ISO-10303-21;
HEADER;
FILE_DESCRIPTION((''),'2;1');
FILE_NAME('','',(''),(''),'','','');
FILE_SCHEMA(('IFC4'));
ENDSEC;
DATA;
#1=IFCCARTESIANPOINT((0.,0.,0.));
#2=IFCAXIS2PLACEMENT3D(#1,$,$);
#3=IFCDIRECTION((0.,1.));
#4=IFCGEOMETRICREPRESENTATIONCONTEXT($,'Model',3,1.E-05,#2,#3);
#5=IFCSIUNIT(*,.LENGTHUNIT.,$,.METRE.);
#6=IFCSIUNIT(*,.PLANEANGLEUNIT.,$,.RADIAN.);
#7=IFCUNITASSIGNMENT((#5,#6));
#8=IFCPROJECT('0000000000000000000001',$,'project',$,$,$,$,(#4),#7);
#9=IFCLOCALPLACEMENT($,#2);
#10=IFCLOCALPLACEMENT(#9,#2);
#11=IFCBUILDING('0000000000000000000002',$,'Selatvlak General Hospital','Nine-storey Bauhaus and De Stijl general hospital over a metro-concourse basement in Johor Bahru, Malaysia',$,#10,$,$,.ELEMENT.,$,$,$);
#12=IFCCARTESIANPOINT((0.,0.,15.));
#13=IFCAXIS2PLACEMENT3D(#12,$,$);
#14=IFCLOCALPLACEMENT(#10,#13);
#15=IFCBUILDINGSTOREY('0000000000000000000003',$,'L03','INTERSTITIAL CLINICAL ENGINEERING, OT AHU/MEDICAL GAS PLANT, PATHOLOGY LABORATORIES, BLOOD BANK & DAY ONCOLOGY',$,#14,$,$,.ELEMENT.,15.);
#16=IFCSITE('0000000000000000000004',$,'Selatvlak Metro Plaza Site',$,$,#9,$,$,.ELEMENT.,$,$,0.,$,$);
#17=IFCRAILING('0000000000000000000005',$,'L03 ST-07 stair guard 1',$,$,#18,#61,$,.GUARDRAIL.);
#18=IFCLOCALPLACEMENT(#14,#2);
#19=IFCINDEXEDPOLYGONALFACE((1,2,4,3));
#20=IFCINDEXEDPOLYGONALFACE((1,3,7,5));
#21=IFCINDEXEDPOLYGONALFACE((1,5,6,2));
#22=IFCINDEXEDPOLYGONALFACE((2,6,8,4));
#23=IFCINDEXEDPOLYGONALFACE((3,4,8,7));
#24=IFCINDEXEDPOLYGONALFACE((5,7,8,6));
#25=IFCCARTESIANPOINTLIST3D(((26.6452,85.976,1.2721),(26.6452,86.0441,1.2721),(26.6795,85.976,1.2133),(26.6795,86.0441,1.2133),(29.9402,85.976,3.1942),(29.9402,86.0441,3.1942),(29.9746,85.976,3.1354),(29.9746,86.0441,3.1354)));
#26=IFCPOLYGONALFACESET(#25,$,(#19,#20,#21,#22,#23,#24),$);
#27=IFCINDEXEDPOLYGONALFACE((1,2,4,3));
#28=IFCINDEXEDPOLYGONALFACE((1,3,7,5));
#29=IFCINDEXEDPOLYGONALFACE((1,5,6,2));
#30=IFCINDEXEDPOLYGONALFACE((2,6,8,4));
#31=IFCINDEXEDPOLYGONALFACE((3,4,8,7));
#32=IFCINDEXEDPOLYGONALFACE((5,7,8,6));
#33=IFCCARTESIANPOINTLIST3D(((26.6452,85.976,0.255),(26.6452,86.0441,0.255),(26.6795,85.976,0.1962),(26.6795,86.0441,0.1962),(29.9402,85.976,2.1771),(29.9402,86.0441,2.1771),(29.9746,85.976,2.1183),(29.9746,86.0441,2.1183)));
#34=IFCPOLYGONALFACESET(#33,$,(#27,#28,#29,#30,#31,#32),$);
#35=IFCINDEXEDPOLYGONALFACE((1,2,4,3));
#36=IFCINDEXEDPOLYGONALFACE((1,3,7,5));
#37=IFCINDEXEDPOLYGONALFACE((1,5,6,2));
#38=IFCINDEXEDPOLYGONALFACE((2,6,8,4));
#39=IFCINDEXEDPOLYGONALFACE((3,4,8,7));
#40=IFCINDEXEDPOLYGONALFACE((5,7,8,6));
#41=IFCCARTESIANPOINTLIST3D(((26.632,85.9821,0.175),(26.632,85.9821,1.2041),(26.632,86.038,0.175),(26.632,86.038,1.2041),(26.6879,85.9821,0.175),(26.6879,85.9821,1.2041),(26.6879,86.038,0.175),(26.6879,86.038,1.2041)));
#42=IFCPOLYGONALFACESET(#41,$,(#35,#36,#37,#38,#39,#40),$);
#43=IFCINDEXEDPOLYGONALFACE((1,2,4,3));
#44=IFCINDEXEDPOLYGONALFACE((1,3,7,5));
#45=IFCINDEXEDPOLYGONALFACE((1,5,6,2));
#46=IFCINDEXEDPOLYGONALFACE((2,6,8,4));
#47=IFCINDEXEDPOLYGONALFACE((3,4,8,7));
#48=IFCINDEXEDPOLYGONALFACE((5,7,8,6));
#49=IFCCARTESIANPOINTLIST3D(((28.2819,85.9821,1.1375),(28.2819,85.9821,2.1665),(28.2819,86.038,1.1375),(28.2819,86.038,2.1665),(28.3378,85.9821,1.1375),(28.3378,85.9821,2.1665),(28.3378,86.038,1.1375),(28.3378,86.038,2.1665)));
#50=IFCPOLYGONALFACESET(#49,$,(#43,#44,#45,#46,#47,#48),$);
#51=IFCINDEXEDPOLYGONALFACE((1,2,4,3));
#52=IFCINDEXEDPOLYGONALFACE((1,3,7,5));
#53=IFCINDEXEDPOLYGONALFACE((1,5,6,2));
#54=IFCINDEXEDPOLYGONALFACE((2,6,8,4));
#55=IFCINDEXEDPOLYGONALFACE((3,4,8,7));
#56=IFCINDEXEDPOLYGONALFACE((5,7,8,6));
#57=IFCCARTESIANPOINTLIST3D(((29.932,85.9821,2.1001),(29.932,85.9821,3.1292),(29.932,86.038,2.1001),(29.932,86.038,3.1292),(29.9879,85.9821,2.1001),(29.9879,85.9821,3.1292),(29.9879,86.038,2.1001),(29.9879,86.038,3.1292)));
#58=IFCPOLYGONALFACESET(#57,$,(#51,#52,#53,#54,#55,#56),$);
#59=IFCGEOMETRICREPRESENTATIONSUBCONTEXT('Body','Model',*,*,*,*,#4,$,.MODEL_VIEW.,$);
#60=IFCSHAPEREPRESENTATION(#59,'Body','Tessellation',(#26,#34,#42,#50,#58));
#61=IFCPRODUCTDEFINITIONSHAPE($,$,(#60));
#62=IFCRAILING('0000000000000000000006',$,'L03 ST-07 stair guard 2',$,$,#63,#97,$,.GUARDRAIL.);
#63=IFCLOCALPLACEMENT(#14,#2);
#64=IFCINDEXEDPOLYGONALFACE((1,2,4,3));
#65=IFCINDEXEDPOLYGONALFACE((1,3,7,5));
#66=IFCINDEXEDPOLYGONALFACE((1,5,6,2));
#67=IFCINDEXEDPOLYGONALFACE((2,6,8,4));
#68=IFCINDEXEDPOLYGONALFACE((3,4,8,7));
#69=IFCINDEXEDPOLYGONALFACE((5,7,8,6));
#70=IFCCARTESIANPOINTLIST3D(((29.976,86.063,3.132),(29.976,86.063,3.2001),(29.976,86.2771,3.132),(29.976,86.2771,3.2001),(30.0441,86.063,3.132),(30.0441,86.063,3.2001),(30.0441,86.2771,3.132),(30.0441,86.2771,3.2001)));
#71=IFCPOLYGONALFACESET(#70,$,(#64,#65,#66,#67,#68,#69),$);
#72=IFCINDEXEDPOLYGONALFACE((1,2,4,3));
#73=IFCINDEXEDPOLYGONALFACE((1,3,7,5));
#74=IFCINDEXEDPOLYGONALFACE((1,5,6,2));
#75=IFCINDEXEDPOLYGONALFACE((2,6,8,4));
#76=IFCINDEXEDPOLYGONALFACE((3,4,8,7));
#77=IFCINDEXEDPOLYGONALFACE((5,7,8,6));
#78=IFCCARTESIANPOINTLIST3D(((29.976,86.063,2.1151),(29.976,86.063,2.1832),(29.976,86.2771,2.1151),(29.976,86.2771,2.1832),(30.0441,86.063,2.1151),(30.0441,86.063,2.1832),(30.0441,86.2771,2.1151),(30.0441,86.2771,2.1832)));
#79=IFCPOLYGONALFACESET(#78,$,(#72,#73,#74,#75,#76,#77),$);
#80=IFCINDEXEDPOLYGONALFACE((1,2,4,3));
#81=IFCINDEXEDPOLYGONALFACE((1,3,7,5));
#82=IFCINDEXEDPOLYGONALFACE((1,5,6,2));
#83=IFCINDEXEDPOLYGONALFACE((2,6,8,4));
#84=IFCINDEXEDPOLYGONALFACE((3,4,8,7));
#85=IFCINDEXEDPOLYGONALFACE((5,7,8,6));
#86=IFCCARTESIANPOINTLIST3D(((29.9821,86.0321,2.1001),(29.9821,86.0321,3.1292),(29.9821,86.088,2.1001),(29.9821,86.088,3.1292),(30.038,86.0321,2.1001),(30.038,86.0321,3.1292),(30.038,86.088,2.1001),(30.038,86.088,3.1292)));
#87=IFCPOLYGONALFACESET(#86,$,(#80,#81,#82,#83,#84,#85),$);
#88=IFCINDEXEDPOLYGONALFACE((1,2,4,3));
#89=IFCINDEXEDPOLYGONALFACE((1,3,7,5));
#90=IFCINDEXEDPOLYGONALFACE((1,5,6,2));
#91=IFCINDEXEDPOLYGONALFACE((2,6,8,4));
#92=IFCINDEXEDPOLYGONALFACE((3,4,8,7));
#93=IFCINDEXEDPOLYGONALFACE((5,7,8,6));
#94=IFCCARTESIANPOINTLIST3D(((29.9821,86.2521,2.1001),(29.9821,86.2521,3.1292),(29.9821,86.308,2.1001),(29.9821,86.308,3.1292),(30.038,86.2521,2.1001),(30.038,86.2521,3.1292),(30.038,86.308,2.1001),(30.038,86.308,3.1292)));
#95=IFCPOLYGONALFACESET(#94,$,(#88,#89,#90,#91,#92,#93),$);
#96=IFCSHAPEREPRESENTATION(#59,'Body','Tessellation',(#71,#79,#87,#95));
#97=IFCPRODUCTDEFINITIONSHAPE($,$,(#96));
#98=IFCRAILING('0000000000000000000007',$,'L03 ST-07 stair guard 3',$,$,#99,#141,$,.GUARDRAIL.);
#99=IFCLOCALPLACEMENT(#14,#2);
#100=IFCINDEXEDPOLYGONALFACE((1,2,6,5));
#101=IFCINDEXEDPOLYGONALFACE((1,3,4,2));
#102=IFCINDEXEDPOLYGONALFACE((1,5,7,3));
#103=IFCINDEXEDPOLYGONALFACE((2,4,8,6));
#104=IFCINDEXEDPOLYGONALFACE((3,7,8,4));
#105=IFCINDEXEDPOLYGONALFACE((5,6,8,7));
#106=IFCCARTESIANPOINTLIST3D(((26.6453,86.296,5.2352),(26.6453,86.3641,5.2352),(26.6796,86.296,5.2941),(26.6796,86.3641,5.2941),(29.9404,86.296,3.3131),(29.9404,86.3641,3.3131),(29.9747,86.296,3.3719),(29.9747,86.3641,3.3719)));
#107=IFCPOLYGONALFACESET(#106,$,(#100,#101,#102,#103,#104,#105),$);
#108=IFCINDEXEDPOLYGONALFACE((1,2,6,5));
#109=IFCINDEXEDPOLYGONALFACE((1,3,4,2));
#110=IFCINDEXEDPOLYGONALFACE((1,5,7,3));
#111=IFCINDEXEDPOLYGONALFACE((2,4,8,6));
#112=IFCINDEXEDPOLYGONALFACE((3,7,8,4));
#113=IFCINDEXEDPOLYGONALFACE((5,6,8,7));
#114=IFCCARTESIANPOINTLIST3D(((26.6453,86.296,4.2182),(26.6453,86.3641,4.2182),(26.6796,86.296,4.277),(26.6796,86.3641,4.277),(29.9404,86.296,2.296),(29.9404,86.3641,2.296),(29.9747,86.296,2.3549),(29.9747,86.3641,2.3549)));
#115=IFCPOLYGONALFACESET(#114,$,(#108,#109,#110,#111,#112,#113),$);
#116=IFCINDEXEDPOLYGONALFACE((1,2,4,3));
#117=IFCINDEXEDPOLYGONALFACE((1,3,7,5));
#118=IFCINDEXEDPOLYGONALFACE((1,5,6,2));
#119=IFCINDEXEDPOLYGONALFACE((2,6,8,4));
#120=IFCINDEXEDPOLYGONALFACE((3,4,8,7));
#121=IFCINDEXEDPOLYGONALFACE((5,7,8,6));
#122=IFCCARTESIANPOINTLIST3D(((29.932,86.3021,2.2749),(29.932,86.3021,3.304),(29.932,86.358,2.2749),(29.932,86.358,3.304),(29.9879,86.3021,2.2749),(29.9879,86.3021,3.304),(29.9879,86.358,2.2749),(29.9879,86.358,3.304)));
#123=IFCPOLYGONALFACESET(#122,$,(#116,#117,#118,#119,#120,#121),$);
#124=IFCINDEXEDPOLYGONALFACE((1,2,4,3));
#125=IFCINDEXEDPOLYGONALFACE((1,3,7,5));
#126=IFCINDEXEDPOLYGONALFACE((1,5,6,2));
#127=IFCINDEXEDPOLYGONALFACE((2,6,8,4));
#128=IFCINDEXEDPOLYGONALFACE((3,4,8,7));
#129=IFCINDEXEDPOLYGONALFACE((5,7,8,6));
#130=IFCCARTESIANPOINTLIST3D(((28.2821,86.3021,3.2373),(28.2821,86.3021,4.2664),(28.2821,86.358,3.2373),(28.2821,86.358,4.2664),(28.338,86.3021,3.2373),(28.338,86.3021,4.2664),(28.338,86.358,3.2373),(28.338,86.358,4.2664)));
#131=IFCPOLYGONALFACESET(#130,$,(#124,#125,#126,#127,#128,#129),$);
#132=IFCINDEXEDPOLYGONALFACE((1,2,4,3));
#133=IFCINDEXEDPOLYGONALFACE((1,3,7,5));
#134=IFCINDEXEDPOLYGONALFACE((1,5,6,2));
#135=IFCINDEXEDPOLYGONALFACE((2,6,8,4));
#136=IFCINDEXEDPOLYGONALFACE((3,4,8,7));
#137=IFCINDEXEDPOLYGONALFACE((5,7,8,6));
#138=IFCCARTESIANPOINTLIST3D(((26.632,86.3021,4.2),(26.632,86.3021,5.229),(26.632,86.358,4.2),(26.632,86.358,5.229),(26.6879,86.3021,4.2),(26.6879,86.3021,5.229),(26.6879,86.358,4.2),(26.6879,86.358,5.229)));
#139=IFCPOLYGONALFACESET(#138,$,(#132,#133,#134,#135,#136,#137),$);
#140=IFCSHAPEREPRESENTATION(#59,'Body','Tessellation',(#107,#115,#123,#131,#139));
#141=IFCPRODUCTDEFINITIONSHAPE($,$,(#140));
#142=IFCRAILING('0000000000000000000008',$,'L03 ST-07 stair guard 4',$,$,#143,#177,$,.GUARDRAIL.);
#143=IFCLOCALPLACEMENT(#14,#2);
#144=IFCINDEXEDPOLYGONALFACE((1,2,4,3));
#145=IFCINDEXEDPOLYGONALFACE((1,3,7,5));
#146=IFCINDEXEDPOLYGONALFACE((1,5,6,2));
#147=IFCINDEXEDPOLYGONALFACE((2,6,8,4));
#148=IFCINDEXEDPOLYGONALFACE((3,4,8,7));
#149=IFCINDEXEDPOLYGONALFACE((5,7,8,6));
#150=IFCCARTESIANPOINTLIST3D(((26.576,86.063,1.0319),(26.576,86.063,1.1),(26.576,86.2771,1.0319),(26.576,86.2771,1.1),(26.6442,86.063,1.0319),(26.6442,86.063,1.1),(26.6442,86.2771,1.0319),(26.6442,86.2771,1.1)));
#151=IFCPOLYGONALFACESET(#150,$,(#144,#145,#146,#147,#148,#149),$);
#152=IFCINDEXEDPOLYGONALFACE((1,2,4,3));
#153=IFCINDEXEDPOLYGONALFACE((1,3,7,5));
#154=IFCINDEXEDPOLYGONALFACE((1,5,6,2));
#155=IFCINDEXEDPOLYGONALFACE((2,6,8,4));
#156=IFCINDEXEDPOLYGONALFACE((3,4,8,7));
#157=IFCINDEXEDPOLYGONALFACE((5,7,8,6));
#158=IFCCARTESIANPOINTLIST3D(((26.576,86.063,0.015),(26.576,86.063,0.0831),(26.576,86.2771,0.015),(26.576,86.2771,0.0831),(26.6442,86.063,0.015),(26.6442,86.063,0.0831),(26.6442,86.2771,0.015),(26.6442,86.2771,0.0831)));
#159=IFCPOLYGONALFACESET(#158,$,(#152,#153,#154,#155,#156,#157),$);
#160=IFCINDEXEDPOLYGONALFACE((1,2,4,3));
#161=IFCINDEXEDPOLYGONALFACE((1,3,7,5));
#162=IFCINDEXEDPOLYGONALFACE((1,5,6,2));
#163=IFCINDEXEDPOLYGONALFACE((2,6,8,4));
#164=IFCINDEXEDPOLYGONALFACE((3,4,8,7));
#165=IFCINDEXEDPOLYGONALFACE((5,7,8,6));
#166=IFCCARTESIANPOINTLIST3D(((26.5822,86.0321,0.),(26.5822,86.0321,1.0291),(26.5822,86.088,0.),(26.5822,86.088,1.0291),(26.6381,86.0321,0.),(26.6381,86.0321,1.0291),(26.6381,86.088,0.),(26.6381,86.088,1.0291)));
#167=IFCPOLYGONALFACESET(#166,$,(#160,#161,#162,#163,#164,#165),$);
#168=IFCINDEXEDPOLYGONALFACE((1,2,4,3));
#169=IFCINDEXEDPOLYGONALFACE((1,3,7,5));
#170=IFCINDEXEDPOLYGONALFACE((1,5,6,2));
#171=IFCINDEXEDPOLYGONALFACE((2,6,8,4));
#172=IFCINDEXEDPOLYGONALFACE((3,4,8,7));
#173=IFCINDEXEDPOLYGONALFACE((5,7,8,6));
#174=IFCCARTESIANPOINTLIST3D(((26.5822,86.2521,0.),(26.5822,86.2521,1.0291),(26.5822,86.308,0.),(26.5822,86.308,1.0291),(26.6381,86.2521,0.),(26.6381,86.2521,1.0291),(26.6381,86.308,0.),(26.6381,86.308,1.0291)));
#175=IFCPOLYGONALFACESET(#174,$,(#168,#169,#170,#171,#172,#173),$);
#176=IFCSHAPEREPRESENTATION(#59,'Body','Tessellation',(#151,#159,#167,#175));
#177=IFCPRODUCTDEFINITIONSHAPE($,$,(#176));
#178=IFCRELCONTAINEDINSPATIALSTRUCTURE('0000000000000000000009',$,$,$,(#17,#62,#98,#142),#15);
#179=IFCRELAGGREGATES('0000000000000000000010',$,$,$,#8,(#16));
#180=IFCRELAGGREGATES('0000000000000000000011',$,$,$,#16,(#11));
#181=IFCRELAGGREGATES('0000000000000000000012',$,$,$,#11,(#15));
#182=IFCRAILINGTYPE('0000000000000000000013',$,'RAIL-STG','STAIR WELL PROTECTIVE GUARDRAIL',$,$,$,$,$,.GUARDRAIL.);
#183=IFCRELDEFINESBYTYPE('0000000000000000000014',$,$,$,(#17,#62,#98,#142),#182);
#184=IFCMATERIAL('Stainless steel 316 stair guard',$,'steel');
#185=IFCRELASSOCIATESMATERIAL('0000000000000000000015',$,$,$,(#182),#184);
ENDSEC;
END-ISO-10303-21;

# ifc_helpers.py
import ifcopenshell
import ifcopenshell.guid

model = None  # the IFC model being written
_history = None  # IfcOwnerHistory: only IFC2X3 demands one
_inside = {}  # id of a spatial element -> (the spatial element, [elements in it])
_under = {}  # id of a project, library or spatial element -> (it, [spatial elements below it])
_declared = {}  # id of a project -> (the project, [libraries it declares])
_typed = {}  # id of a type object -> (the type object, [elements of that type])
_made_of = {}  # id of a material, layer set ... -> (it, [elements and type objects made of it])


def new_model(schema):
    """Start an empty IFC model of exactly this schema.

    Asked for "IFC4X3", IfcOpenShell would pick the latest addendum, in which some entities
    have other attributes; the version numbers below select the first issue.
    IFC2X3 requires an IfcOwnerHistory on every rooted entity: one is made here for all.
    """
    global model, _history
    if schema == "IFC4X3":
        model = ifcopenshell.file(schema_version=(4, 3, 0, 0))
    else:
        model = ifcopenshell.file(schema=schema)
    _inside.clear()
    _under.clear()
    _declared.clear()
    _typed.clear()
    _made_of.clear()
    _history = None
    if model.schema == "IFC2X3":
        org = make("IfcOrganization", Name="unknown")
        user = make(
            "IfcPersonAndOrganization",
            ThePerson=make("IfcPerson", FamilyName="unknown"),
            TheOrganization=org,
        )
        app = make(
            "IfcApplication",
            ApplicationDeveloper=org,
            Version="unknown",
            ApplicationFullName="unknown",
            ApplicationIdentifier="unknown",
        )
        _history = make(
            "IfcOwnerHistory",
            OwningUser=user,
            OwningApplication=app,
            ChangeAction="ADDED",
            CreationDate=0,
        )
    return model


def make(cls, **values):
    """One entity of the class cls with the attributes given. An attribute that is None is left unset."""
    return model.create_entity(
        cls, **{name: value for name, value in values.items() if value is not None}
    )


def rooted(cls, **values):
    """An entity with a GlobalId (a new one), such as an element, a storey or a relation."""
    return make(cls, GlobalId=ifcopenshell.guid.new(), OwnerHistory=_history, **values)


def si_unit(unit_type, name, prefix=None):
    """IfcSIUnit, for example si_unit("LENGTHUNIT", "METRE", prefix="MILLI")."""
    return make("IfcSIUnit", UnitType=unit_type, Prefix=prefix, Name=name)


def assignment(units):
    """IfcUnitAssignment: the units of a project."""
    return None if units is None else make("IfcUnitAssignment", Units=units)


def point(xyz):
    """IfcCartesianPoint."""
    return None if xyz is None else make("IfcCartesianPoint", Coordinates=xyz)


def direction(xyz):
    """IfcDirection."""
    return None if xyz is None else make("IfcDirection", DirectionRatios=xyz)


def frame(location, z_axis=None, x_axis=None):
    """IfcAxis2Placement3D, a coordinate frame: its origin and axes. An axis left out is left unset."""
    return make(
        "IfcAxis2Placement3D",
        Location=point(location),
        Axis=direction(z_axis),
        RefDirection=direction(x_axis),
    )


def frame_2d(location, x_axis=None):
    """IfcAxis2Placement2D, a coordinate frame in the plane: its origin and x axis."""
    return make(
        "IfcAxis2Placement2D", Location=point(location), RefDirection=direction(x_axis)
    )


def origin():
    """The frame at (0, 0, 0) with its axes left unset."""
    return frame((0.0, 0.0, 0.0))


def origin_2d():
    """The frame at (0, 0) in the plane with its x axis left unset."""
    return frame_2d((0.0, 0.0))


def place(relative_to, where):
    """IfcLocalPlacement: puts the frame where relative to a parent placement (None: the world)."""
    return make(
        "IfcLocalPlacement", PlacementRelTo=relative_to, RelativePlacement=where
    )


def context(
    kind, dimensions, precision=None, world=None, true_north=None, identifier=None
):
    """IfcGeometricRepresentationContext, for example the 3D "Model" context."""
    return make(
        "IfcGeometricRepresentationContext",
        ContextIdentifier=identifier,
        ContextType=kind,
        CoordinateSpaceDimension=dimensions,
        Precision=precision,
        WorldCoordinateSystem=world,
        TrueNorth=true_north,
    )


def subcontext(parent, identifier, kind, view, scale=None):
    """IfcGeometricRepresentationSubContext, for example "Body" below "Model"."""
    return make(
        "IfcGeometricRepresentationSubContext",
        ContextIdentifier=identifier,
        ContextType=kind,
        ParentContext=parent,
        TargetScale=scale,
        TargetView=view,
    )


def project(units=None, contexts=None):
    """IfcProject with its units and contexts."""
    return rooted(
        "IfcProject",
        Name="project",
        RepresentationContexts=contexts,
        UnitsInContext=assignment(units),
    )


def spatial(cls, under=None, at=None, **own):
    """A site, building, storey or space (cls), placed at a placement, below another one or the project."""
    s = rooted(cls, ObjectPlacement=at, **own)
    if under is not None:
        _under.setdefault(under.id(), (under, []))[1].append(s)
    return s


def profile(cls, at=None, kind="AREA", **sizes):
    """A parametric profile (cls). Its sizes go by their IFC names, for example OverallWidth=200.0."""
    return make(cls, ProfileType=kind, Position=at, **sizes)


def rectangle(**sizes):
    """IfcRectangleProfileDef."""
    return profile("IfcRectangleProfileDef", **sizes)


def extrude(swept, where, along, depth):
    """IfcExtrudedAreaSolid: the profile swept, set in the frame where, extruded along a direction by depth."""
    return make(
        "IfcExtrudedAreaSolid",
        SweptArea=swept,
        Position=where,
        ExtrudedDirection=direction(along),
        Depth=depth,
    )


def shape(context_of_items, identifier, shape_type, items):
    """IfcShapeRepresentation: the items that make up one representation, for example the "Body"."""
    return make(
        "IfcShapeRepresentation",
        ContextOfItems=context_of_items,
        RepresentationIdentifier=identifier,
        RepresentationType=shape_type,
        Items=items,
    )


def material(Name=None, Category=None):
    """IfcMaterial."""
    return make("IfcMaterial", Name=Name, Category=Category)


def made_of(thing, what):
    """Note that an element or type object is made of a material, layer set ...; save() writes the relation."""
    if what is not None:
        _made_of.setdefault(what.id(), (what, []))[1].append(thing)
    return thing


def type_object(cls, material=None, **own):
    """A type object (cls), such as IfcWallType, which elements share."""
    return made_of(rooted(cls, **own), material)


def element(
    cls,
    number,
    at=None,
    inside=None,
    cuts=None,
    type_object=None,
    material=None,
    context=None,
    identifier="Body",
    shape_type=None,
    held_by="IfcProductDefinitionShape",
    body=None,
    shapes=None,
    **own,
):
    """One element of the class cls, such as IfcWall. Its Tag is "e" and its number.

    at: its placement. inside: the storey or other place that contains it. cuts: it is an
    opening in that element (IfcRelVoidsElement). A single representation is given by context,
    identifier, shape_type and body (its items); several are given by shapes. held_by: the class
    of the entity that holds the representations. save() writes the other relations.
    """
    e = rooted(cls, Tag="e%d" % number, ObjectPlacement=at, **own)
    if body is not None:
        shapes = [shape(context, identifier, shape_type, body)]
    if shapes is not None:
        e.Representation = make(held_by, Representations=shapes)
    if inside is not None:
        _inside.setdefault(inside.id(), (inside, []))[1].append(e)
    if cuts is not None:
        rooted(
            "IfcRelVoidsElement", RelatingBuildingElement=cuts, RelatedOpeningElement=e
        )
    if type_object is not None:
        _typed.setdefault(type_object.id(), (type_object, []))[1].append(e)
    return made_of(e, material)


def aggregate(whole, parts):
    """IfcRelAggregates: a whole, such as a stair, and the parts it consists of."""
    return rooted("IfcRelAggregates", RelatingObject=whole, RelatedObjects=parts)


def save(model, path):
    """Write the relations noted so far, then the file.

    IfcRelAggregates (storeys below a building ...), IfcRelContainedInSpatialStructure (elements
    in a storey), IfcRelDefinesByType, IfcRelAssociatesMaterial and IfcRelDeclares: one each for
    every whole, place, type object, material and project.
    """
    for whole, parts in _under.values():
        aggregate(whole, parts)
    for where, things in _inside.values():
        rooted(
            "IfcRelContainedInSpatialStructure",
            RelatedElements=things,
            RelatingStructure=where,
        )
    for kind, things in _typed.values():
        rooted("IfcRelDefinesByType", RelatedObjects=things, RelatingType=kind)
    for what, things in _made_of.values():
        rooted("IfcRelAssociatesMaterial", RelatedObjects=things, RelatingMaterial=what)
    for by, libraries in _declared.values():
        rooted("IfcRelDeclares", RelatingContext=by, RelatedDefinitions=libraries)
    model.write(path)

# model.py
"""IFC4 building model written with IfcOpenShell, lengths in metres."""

from ifc_helpers import new_model, si_unit, direction, frame, origin, origin_2d, place, context, subcontext, project, spatial, rectangle, extrude, material, type_object, element, save


model = new_model("IFC4")

# Units and contexts
model_context = context("Model", 3, precision=1e-05, world=origin(), true_north=direction((0.0, 1.0)))
body_context = subcontext(model_context, "Body", "Model", "MODEL_VIEW")
ifc_project = project(units=[si_unit("LENGTHUNIT", "METRE"), si_unit("PLANEANGLEUNIT", "RADIAN")], contexts=[model_context])

# Site, building, storey
site_placement = place(None, origin())
site = spatial("IfcSite", under=ifc_project, at=site_placement, Name="Selatvlak Metro Plaza Site", CompositionType="ELEMENT", RefElevation=0.0)
building_placement = place(site_placement, origin())
building = spatial("IfcBuilding", under=site, at=building_placement, Name="Selatvlak General Hospital", Description="Nine-storey Bauhaus and De Stijl general hospital over a metro-concourse basement in Johor Bahru, Malaysia", CompositionType="ELEMENT")
storey_placement = place(building_placement, frame((0.0, 0.0, 15.0)))
storey = spatial("IfcBuildingStorey", under=building, at=storey_placement, Name="L03", Description="INTERSTITIAL CLINICAL ENGINEERING, OT AHU/MEDICAL GAS PLANT, PATHOLOGY LABORATORIES, BLOOD BANK & DAY ONCOLOGY", CompositionType="ELEMENT", Elevation=15.0)

# Railings
ifc_material_1 = material(Name="Stainless steel 316 stair guard", Category="steel")
railing_type_1 = type_object("IfcRailingType", Name="RAIL-STG", Description="STAIR WELL PROTECTIVE GUARDRAIL", PredefinedType="GUARDRAIL", material=ifc_material_1)
railing_1_placement = place(storey_placement, frame((26.6599, 86.01, 0.175)))
element("IfcRailing", 1, at=railing_1_placement, inside=storey, type_object=railing_type_1, Name="L03 ST-07 stair guard 1", PredefinedType="GUARDRAIL", context=body_context, shape_type="SweptSolid", body=[
    extrude(rectangle(XDim=0.0681, YDim=0.0681, at=origin_2d()), frame((0.0024, 0.0, 1.0676), z_axis=(0.863777, 0.0, 0.503875), x_axis=(0.0, 1.0, 0.0)), (0.0, 0.0, 1.0), 3.8147),
    extrude(rectangle(XDim=0.0681, YDim=0.0681, at=origin_2d()), frame((0.0024, 0.0, 0.0505), z_axis=(0.863777, 0.0, 0.503875), x_axis=(0.0, 1.0, 0.0)), (0.0, 0.0, 1.0), 3.8147),
    extrude(rectangle(XDim=0.0559, YDim=0.0559, at=origin_2d()), origin(), (0.0, 0.0, 1.0), 1.0291),
    extrude(rectangle(XDim=0.0559, YDim=0.0559, at=origin_2d()), frame((1.6499, 0.0, 0.9624)), (0.0, 0.0, 1.0), 1.0291),
    extrude(rectangle(XDim=0.0559, YDim=0.0559, at=origin_2d()), frame((3.3, 0.0, 1.925)), (0.0, 0.0, 1.0), 1.0291),
])
railing_2_placement = place(storey_placement, frame((30.01, 86.0601, 2.1001)))
element("IfcRailing", 2, at=railing_2_placement, inside=storey, type_object=railing_type_1, Name="L03 ST-07 stair guard 2", PredefinedType="GUARDRAIL", context=body_context, shape_type="SweptSolid", body=[
    extrude(rectangle(XDim=0.0681, YDim=0.0681, at=origin_2d()), frame((0.0, 0.0029, 1.0659), z_axis=(0.0, 1.0, 0.0), x_axis=(-1.0, 0.0, 0.0)), (0.0, 0.0, 1.0), 0.2141),
    extrude(rectangle(XDim=0.0681, YDim=0.0681, at=origin_2d()), frame((0.0, 0.0029, 0.0491), z_axis=(0.0, 1.0, 0.0), x_axis=(-1.0, 0.0, 0.0)), (0.0, 0.0, 1.0), 0.2141),
    extrude(rectangle(XDim=0.0559, YDim=0.0559, at=origin_2d()), origin(), (0.0, 0.0, 1.0), 1.0291),
    extrude(rectangle(XDim=0.0559, YDim=0.0559, at=origin_2d()), frame((0.0, 0.22, 0.0)), (0.0, 0.0, 1.0), 1.0291),
])
railing_3_placement = place(storey_placement, frame((29.96, 86.3301, 2.2749)))
element("IfcRailing", 3, at=railing_3_placement, inside=storey, type_object=railing_type_1, Name="L03 ST-07 stair guard 3", PredefinedType="GUARDRAIL", context=body_context, shape_type="SweptSolid", body=[
    extrude(rectangle(XDim=0.0681, YDim=0.0681, at=origin_2d()), frame((-0.0024, 0.0, 1.0676), z_axis=(-0.863777, 0.0, 0.503875), x_axis=(0.0, -1.0, 0.0)), (0.0, 0.0, 1.0), 3.8147),
    extrude(rectangle(XDim=0.0681, YDim=0.0681, at=origin_2d()), frame((-0.0024, 0.0, 0.0505), z_axis=(-0.863777, 0.0, 0.503875), x_axis=(0.0, -1.0, 0.0)), (0.0, 0.0, 1.0), 3.8147),
    extrude(rectangle(XDim=0.0559, YDim=0.0559, at=origin_2d()), origin(), (0.0, 0.0, 1.0), 1.0291),
    extrude(rectangle(XDim=0.0559, YDim=0.0559, at=origin_2d()), frame((-1.6499, 0.0, 0.9624)), (0.0, 0.0, 1.0), 1.0291),
    extrude(rectangle(XDim=0.0559, YDim=0.0559, at=origin_2d()), frame((-3.3, 0.0, 1.925)), (0.0, 0.0, 1.0), 1.0291),
])
railing_4_placement = place(storey_placement, frame((26.6101, 86.0601, 0.0)))
element("IfcRailing", 4, at=railing_4_placement, inside=storey, type_object=railing_type_1, Name="L03 ST-07 stair guard 4", PredefinedType="GUARDRAIL", context=body_context, shape_type="SweptSolid", body=[
    extrude(rectangle(XDim=0.0681, YDim=0.0681, at=origin_2d()), frame((0.0, 0.0029, 1.0659), z_axis=(0.0, 1.0, 0.0), x_axis=(-1.0, 0.0, 0.0)), (0.0, 0.0, 1.0), 0.2141),
    extrude(rectangle(XDim=0.0681, YDim=0.0681, at=origin_2d()), frame((0.0, 0.0029, 0.0491), z_axis=(0.0, 1.0, 0.0), x_axis=(-1.0, 0.0, 0.0)), (0.0, 0.0, 1.0), 0.2141),
    extrude(rectangle(XDim=0.0559, YDim=0.0559, at=origin_2d()), origin(), (0.0, 0.0, 1.0), 1.0291),
    extrude(rectangle(XDim=0.0559, YDim=0.0559, at=origin_2d()), frame((0.0, 0.22, 0.0)), (0.0, 0.0, 1.0), 1.0291),
])

save(model, "model.ifc")
